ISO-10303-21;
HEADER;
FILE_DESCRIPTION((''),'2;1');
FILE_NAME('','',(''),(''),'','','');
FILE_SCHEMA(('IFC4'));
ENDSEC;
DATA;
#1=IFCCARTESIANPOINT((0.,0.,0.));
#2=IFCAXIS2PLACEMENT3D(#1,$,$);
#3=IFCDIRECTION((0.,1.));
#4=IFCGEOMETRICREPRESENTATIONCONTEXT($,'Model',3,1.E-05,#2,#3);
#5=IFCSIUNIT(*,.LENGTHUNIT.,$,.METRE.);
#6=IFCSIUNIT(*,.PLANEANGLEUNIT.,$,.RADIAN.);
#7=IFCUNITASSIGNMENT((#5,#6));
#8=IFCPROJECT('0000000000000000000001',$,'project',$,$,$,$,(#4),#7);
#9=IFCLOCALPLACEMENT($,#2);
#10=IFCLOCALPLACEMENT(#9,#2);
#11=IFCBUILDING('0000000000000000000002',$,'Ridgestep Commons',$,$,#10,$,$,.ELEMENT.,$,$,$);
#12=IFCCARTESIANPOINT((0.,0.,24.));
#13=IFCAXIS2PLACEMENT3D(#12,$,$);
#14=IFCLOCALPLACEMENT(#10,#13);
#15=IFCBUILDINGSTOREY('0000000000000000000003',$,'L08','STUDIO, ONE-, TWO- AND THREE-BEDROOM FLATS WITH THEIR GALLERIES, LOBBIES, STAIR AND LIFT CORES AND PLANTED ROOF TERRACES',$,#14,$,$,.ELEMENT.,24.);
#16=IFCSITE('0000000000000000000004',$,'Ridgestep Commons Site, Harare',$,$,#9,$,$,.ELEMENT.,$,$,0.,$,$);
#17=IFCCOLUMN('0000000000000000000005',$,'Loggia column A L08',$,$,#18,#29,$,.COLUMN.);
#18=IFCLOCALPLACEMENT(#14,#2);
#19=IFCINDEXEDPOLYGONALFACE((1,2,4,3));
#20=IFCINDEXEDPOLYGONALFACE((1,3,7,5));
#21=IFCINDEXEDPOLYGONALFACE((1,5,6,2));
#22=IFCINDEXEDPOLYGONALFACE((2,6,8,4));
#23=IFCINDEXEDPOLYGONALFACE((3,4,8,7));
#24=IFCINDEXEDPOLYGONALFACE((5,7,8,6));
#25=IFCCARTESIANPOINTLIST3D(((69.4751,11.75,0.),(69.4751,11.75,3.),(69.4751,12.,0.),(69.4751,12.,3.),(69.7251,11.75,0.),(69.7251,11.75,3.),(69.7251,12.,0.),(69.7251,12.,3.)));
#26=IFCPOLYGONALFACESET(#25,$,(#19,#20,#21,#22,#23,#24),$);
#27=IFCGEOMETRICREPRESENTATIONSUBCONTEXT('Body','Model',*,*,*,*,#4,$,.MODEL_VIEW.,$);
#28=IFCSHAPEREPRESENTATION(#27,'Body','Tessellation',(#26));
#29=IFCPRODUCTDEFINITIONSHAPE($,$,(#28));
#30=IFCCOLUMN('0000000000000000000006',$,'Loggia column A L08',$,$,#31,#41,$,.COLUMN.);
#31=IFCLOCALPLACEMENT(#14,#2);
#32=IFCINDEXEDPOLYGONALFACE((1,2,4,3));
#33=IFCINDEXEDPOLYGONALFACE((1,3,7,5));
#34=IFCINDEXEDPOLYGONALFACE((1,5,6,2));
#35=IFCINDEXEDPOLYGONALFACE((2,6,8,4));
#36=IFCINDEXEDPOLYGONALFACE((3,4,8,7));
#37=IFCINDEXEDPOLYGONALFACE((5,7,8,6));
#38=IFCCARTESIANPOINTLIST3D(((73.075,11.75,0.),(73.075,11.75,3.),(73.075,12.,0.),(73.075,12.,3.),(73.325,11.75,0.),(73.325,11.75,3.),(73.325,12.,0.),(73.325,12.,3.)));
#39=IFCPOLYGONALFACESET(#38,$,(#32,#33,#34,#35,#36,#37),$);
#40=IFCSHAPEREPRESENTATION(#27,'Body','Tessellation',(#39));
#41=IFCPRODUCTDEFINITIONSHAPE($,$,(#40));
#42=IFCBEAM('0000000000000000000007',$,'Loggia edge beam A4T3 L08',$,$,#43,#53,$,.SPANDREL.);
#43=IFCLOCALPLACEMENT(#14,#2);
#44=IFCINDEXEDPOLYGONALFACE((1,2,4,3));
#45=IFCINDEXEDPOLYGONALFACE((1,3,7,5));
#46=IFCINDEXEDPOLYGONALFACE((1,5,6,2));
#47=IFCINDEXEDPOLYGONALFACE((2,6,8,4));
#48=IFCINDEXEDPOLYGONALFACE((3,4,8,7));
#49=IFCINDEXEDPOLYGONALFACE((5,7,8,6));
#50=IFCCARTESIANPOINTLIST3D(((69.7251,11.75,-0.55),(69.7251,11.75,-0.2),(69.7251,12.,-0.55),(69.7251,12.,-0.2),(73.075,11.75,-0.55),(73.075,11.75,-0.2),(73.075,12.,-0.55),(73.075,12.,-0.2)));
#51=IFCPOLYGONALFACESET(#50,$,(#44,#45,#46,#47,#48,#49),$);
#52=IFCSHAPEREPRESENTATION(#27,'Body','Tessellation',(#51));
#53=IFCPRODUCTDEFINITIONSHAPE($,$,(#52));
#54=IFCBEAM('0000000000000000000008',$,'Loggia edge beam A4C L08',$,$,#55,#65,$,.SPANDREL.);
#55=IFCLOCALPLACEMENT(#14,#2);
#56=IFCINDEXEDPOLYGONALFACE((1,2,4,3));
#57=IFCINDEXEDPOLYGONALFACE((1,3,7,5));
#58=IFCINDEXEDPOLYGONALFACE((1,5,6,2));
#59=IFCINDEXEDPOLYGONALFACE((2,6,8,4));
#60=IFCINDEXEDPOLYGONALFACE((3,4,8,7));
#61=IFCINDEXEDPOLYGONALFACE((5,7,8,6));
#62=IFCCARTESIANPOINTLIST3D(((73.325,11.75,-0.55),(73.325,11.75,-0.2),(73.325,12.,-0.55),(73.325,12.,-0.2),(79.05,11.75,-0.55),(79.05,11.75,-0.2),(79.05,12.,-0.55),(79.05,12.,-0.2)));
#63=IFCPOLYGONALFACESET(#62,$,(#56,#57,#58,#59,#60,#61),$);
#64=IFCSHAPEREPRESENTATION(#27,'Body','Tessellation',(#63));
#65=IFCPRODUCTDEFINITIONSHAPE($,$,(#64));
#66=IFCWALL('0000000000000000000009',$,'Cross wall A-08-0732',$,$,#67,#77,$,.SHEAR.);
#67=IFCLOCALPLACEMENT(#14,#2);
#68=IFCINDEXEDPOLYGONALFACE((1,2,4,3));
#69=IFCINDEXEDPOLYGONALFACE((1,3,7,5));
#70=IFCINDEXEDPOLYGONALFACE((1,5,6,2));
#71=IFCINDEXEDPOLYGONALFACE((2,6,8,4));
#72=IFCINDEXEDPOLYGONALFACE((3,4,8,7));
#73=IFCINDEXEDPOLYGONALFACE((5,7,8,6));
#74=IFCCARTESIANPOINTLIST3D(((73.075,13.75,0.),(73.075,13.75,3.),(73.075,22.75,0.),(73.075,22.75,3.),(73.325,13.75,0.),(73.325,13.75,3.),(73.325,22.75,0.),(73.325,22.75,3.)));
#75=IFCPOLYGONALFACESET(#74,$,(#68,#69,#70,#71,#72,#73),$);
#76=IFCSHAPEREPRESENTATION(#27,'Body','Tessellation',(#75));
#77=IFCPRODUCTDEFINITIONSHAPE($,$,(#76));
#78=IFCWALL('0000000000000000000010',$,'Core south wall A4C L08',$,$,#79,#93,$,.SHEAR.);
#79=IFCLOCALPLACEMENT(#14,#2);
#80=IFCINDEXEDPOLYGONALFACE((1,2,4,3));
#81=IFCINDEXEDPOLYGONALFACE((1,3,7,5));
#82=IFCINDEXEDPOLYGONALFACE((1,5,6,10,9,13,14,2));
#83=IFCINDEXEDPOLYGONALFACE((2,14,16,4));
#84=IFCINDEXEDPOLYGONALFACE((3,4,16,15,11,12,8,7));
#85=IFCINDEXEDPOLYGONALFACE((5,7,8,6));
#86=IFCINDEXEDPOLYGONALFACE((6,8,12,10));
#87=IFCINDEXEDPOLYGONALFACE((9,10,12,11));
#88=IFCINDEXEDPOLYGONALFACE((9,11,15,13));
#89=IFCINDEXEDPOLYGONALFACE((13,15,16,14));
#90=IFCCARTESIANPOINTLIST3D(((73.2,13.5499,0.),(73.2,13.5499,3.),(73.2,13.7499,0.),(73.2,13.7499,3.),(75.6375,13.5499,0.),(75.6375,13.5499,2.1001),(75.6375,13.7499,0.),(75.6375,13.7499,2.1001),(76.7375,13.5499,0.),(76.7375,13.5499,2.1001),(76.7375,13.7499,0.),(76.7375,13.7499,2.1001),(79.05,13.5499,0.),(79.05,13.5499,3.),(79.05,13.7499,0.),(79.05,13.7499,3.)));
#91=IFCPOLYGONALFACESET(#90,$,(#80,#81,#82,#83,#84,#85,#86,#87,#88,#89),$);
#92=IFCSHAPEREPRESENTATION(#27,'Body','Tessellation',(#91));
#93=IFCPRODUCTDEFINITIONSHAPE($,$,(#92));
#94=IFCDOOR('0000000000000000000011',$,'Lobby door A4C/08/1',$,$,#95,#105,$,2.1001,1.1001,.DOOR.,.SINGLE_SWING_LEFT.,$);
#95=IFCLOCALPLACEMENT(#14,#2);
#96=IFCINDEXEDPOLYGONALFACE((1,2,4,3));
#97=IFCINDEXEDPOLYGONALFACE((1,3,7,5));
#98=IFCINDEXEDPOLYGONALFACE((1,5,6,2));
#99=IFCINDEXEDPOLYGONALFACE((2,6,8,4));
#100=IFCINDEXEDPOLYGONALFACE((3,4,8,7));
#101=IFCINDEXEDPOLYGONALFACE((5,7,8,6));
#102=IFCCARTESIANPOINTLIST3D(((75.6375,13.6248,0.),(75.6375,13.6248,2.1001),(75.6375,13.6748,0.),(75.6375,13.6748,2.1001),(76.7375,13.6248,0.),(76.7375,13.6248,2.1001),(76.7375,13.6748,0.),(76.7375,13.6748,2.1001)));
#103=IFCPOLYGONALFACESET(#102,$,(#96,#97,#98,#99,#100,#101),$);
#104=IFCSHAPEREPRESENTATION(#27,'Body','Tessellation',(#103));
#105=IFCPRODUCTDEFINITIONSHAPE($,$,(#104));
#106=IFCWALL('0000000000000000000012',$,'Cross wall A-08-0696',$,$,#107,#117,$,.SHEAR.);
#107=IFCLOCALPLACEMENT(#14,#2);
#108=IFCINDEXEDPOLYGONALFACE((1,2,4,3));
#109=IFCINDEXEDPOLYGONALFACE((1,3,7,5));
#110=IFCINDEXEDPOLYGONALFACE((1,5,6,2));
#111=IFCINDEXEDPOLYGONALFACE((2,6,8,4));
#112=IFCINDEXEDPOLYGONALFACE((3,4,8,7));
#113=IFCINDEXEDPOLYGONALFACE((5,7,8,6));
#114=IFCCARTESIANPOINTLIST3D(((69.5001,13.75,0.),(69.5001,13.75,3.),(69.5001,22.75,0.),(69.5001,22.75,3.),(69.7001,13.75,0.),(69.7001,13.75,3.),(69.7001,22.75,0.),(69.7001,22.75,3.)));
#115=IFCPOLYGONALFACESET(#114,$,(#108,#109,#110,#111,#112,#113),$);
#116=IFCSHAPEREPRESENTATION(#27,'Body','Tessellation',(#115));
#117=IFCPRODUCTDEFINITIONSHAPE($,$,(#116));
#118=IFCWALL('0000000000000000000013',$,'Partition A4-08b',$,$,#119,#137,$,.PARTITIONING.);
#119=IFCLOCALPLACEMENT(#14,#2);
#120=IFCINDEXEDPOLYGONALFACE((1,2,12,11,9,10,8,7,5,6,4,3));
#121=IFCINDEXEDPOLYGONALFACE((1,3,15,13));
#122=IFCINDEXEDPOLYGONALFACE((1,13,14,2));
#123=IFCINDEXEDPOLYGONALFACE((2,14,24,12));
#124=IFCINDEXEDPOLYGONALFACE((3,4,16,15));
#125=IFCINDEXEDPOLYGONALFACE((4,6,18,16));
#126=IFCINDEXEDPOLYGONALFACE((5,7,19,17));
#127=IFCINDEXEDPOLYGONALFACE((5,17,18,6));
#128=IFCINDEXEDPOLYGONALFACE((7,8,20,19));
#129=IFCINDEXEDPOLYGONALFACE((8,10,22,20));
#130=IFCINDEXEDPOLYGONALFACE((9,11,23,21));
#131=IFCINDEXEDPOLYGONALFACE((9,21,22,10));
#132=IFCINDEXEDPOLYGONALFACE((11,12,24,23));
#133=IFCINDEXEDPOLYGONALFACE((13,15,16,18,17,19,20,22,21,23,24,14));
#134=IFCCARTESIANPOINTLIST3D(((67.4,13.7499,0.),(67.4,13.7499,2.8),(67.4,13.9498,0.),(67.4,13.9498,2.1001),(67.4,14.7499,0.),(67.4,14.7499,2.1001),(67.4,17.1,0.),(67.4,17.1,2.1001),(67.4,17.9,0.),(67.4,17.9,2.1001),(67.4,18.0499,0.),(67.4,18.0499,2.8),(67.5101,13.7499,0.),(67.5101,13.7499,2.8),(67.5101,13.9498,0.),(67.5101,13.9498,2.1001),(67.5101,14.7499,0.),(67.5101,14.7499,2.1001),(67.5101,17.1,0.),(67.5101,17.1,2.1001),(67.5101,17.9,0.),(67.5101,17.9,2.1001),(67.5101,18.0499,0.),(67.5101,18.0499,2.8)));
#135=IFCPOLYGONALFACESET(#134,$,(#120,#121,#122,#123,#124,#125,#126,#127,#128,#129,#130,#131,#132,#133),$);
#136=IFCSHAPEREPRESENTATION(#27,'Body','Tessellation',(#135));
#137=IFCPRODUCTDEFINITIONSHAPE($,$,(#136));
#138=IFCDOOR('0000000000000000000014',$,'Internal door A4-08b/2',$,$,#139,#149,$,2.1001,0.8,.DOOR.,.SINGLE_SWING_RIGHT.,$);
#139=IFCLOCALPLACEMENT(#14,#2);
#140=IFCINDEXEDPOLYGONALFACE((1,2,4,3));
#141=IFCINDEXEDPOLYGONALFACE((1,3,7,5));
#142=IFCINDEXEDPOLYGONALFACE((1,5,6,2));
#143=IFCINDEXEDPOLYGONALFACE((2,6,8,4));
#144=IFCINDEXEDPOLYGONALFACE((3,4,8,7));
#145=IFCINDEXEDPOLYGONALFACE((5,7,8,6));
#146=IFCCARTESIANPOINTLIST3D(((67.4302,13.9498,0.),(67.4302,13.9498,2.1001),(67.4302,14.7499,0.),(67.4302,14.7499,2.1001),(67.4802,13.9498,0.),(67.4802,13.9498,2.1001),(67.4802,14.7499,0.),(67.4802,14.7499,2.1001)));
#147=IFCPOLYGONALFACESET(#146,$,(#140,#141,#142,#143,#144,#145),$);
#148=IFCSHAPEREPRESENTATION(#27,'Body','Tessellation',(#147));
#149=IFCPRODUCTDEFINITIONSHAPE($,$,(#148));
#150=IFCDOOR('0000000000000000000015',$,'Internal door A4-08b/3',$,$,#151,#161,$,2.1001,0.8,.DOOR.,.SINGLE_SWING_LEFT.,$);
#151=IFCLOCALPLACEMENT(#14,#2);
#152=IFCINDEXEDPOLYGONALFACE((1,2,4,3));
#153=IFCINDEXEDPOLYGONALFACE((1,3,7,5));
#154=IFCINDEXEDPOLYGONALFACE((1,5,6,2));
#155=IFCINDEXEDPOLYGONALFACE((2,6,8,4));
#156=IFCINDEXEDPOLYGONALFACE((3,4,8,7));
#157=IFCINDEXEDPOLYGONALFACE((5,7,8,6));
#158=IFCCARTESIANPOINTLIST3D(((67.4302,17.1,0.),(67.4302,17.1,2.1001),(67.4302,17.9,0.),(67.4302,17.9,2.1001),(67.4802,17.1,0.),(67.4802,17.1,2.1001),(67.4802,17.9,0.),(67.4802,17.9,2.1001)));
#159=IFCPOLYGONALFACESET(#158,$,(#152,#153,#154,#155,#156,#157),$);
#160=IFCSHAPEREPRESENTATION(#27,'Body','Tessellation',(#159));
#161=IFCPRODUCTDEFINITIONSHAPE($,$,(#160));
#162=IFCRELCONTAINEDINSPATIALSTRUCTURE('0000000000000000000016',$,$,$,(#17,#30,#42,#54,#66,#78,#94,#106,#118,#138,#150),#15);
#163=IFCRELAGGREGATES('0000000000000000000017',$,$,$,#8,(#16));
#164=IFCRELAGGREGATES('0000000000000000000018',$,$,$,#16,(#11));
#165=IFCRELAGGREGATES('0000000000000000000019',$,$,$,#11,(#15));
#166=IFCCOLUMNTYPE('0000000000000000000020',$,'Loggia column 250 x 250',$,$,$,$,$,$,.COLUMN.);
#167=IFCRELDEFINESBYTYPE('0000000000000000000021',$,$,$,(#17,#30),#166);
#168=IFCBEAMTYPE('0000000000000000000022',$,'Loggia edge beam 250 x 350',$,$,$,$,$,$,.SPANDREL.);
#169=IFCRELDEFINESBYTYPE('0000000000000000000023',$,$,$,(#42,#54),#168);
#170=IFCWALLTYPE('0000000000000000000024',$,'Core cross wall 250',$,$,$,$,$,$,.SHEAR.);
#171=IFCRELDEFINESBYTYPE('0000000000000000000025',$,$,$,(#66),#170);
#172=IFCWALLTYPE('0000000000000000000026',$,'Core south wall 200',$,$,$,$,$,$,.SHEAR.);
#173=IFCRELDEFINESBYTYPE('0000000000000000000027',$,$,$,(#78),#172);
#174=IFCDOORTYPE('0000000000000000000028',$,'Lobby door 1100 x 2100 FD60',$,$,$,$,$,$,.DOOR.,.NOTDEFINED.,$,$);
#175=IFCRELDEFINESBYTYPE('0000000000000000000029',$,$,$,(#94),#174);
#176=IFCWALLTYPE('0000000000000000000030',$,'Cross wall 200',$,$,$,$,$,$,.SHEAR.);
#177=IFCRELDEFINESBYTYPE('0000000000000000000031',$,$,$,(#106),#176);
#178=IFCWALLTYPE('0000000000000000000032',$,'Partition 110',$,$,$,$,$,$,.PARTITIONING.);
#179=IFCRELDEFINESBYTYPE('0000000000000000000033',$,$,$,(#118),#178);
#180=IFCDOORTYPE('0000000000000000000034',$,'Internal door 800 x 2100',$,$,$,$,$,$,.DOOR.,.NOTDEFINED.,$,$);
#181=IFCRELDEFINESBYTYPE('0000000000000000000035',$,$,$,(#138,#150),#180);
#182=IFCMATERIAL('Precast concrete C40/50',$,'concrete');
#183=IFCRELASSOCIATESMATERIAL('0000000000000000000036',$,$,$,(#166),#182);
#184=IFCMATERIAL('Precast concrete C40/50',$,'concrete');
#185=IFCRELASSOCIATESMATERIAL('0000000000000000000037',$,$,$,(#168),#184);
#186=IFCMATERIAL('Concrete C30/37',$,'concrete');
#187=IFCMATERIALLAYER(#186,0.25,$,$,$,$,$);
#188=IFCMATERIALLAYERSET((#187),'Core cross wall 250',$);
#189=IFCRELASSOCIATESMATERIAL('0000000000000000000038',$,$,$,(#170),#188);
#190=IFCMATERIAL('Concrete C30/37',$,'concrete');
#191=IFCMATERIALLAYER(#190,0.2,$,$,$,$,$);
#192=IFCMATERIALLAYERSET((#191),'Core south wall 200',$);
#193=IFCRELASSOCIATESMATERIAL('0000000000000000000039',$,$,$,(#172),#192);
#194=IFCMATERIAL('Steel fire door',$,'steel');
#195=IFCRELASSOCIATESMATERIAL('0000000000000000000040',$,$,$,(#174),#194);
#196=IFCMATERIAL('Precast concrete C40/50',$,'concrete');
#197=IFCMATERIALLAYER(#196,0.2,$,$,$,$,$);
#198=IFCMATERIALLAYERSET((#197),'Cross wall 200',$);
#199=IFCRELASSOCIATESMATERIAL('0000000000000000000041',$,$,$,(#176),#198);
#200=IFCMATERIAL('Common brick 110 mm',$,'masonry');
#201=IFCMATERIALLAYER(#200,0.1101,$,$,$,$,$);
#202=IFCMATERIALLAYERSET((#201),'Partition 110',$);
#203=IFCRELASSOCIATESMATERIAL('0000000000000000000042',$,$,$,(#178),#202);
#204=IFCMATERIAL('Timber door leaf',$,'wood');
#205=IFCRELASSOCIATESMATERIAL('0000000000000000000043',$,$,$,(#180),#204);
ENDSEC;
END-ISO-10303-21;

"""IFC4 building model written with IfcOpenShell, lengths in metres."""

from ifc_helpers import new_model, si_unit, direction, frame, frame_2d, origin, origin_2d, place, context, subcontext, project, spatial, rectangle, extrude, material, layer, layer_set, material_profile, profile_set, type_object, element, fill, save


model = new_model("IFC4")

# Units and contexts
model_context = context("Model", 3, precision=1e-05, world=origin(), true_north=direction((0.0, 1.0)))
body_context = subcontext(model_context, "Body", "Model", "MODEL_VIEW")
ifc_project = project(units=[si_unit("LENGTHUNIT", "METRE"), si_unit("PLANEANGLEUNIT", "RADIAN")], contexts=[model_context])

# Site, building, storey
site_placement = place(None, origin())
site = spatial("IfcSite", under=ifc_project, at=site_placement, Name="Ridgestep Commons Site, Harare", CompositionType="ELEMENT", RefElevation=0.0)
building_placement = place(site_placement, origin())
building = spatial("IfcBuilding", under=site, at=building_placement, Name="Ridgestep Commons", CompositionType="ELEMENT")
storey_placement = place(building_placement, frame((0.0, 0.0, 24.0)))
storey = spatial("IfcBuildingStorey", under=building, at=storey_placement, Name="L08", Description="STUDIO, ONE-, TWO- AND THREE-BEDROOM FLATS WITH THEIR GALLERIES, LOBBIES, STAIR AND LIFT CORES AND PLANTED ROOF TERRACES", CompositionType="ELEMENT", Elevation=24.0)

# Columns
ifc_material_1 = material(Name="Precast concrete C40/50", Category="concrete")
ifc_material_profile_1 = material_profile(ifc_material_1, rectangle(XDim=0.25, YDim=0.25, at=origin_2d()), Name="PC 250x250")
ifc_profile_set_1 = profile_set([ifc_material_profile_1], Name="Precast concrete C40/50")
column_type = type_object("IfcColumnType", Name="Loggia column 250 x 250", PredefinedType="COLUMN", material=ifc_profile_set_1)
for number, where, z_axis, x_axis, name in (
    (1, (69.6001, 11.875, 0.0), (0.0, 0.0, 1.0), (1.0, 0.0, 0.0), "Loggia column A L08"),
    (2, (73.2, 11.875, 0.0), (0.0, 0.0, 1.0), (1.0, 0.0, 0.0), "Loggia column A L08"),
):
    element("IfcColumn", number, at=place(storey_placement, frame(where, z_axis=z_axis, x_axis=x_axis)), inside=storey, type_object=column_type, Name=name, PredefinedType="COLUMN", context=body_context, shape_type="SweptSolid", body=[
        extrude(rectangle(XDim=0.25, YDim=0.25, at=origin_2d()), origin(), (0.0, 0.0, 1.0), 3.0),
    ])

# Beams
ifc_material_2 = material(Name="Precast concrete C40/50", Category="concrete")
ifc_material_profile_2 = material_profile(ifc_material_2, rectangle(XDim=0.25, YDim=0.3501, at=origin_2d()), Name="PC 250x350")
ifc_profile_set_2 = profile_set([ifc_material_profile_2], Name="Precast concrete C40/50")
beam_type = type_object("IfcBeamType", Name="Loggia edge beam 250 x 350", PredefinedType="SPANDREL", material=ifc_profile_set_2)
beam_1_placement = place(storey_placement, frame((69.7251, 11.875, -0.375), z_axis=(1.0, 0.0, 0.0), x_axis=(0.0, 1.0, 0.0)))
element("IfcBeam", 3, at=beam_1_placement, inside=storey, type_object=beam_type, Name="Loggia edge beam A4T3 L08", PredefinedType="SPANDREL", context=body_context, shape_type="SweptSolid", body=[
    extrude(rectangle(XDim=0.25, YDim=0.3501, at=origin_2d()), origin(), (0.0, 0.0, 1.0), 3.3499),
])
beam_2_placement = place(storey_placement, frame((73.325, 11.875, -0.375), z_axis=(1.0, 0.0, 0.0), x_axis=(0.0, 1.0, 0.0)))
element("IfcBeam", 4, at=beam_2_placement, inside=storey, type_object=beam_type, Name="Loggia edge beam A4C L08", PredefinedType="SPANDREL", context=body_context, shape_type="SweptSolid", body=[
    extrude(rectangle(XDim=0.25, YDim=0.3501, at=origin_2d()), origin(), (0.0, 0.0, 1.0), 5.7251),
])

# Wall
ifc_material_3 = material(Name="Concrete C30/37", Category="concrete")
ifc_layer_1 = layer(ifc_material_3, 0.25)
ifc_layer_set_1 = layer_set([ifc_layer_1], Name="Core cross wall 250")
wall_type_1 = type_object("IfcWallType", Name="Core cross wall 250", PredefinedType="SHEAR", material=ifc_layer_set_1)
wall_1_placement = place(storey_placement, frame((73.2, 13.75, 0.0), z_axis=(0.0, 0.0, 1.0), x_axis=(0.0, 1.0, 0.0)))
element("IfcWall", 5, at=wall_1_placement, inside=storey, type_object=wall_type_1, Name="Cross wall A-08-0732", PredefinedType="SHEAR", context=body_context, shape_type="SweptSolid", body=[
    extrude(rectangle(XDim=9.0, YDim=0.25, at=frame_2d((4.5, 0.0))), origin(), (0.0, 0.0, 1.0), 3.0),
])

# Wall, opening, door
ifc_material_4 = material(Name="Concrete C30/37", Category="concrete")
ifc_layer_2 = layer(ifc_material_4, 0.2)
ifc_layer_set_2 = layer_set([ifc_layer_2], Name="Core south wall 200")
wall_type_2 = type_object("IfcWallType", Name="Core south wall 200", PredefinedType="SHEAR", material=ifc_layer_set_2)
wall_2_placement = place(storey_placement, frame((73.2, 13.6499, 0.0), z_axis=(0.0, 0.0, 1.0), x_axis=(1.0, 0.0, 0.0)))
wall_2 = element("IfcWall", 6, at=wall_2_placement, inside=storey, type_object=wall_type_2, Name="Core south wall A4C L08", PredefinedType="SHEAR", context=body_context, shape_type="SweptSolid", body=[
    extrude(rectangle(XDim=5.8501, YDim=0.2, at=frame_2d((2.925, 0.0))), origin(), (0.0, 0.0, 1.0), 3.0),
])
opening_1_placement = place(wall_2_placement, frame((2.4375, 0.0, 0.0)))
opening_1 = element("IfcOpeningElement", 7, at=opening_1_placement, cuts=wall_2, PredefinedType="OPENING", context=body_context, shape_type="SweptSolid", body=[
    extrude(rectangle(XDim=1.1001, YDim=2.1001, at=frame_2d((0.55, 1.05))), frame((0.0, 0.1099, 0.0), z_axis=(0.0, -1.0, 0.0), x_axis=(1.0, 0.0, 0.0)), (0.0, 0.0, 1.0), 0.22),
])
ifc_material_5 = material(Name="Steel fire door", Category="steel")
door_type_1 = type_object("IfcDoorType", Name="Lobby door 1100 x 2100 FD60", OperationType="NOTDEFINED", PredefinedType="DOOR", material=ifc_material_5)
door_1_placement = place(opening_1_placement, origin())
door_1 = element("IfcDoor", 8, at=door_1_placement, inside=storey, type_object=door_type_1, Name="Lobby door A4C/08/1", OperationType="SINGLE_SWING_LEFT", OverallHeight=2.1001, OverallWidth=1.1001, PredefinedType="DOOR", context=body_context, shape_type="SweptSolid", body=[
    extrude(rectangle(XDim=1.1001, YDim=2.1001, at=frame_2d((0.55, 1.05))), frame((0.0, 0.0249, 0.0), z_axis=(0.0, -1.0, 0.0), x_axis=(1.0, 0.0, 0.0)), (0.0, 0.0, 1.0), 0.05),
])
fill(opening_1, door_1)

# Wall
ifc_material_6 = material(Name="Precast concrete C40/50", Category="concrete")
ifc_layer_3 = layer(ifc_material_6, 0.2)
ifc_layer_set_3 = layer_set([ifc_layer_3], Name="Cross wall 200")
wall_type_3 = type_object("IfcWallType", Name="Cross wall 200", PredefinedType="SHEAR", material=ifc_layer_set_3)
wall_3_placement = place(storey_placement, frame((69.6001, 13.75, 0.0), z_axis=(0.0, 0.0, 1.0), x_axis=(0.0, 1.0, 0.0)))
element("IfcWall", 9, at=wall_3_placement, inside=storey, type_object=wall_type_3, Name="Cross wall A-08-0696", PredefinedType="SHEAR", context=body_context, shape_type="SweptSolid", body=[
    extrude(rectangle(XDim=9.0, YDim=0.2, at=frame_2d((4.5, 0.0))), origin(), (0.0, 0.0, 1.0), 3.0),
])

# Wall, openings, doors
ifc_material_7 = material(Name="Common brick 110 mm", Category="masonry")
ifc_layer_4 = layer(ifc_material_7, 0.1101)
ifc_layer_set_4 = layer_set([ifc_layer_4], Name="Partition 110")
wall_type_4 = type_object("IfcWallType", Name="Partition 110", PredefinedType="PARTITIONING", material=ifc_layer_set_4)
wall_4_placement = place(storey_placement, frame((67.4551, 13.75, 0.0), z_axis=(0.0, 0.0, 1.0), x_axis=(0.0, 1.0, 0.0)))
wall_4 = element("IfcWall", 10, at=wall_4_placement, inside=storey, type_object=wall_type_4, Name="Partition A4-08b", PredefinedType="PARTITIONING", context=body_context, shape_type="SweptSolid", body=[
    extrude(rectangle(XDim=4.3, YDim=0.1101, at=frame_2d((2.1499, 0.0))), origin(), (0.0, 0.0, 1.0), 2.8),
])
opening_2_placement = place(wall_4_placement, frame((0.2, 0.0, 0.0)))
opening_2 = element("IfcOpeningElement", 11, at=opening_2_placement, cuts=wall_4, PredefinedType="OPENING", context=body_context, shape_type="SweptSolid", body=[
    extrude(rectangle(XDim=0.8, YDim=2.1001, at=frame_2d((0.3999, 1.05))), frame((0.0, 0.0649, 0.0), z_axis=(0.0, -1.0, 0.0), x_axis=(1.0, 0.0, 0.0)), (0.0, 0.0, 1.0), 0.1301),
])
opening_3_placement = place(wall_4_placement, frame((3.3501, 0.0, 0.0)))
opening_3 = element("IfcOpeningElement", 12, at=opening_3_placement, cuts=wall_4, PredefinedType="OPENING", context=body_context, shape_type="SweptSolid", body=[
    extrude(rectangle(XDim=0.8, YDim=2.1001, at=frame_2d((0.3999, 1.05))), frame((0.0, 0.0649, 0.0), z_axis=(0.0, -1.0, 0.0), x_axis=(1.0, 0.0, 0.0)), (0.0, 0.0, 1.0), 0.1301),
])
ifc_material_8 = material(Name="Timber door leaf", Category="wood")
door_type_2 = type_object("IfcDoorType", Name="Internal door 800 x 2100", OperationType="NOTDEFINED", PredefinedType="DOOR", material=ifc_material_8)
door_2_placement = place(opening_2_placement, origin())
door_2 = element("IfcDoor", 13, at=door_2_placement, inside=storey, type_object=door_type_2, Name="Internal door A4-08b/2", OperationType="SINGLE_SWING_RIGHT", OverallHeight=2.1001, OverallWidth=0.8, PredefinedType="DOOR", context=body_context, shape_type="SweptSolid", body=[
    extrude(rectangle(XDim=0.8, YDim=2.1001, at=frame_2d((0.3999, 1.05))), frame((0.0, 0.0249, 0.0), z_axis=(0.0, -1.0, 0.0), x_axis=(1.0, 0.0, 0.0)), (0.0, 0.0, 1.0), 0.05),
])
fill(opening_2, door_2)
door_3_placement = place(opening_3_placement, origin())
door_3 = element("IfcDoor", 14, at=door_3_placement, inside=storey, type_object=door_type_2, Name="Internal door A4-08b/3", OperationType="SINGLE_SWING_LEFT", OverallHeight=2.1001, OverallWidth=0.8, PredefinedType="DOOR", context=body_context, shape_type="SweptSolid", body=[
    extrude(rectangle(XDim=0.8, YDim=2.1001, at=frame_2d((0.3999, 1.05))), frame((0.0, 0.0249, 0.0), z_axis=(0.0, -1.0, 0.0), x_axis=(1.0, 0.0, 0.0)), (0.0, 0.0, 1.0), 0.05),
])
fill(opening_3, door_3)

save(model, "model.ifc")
